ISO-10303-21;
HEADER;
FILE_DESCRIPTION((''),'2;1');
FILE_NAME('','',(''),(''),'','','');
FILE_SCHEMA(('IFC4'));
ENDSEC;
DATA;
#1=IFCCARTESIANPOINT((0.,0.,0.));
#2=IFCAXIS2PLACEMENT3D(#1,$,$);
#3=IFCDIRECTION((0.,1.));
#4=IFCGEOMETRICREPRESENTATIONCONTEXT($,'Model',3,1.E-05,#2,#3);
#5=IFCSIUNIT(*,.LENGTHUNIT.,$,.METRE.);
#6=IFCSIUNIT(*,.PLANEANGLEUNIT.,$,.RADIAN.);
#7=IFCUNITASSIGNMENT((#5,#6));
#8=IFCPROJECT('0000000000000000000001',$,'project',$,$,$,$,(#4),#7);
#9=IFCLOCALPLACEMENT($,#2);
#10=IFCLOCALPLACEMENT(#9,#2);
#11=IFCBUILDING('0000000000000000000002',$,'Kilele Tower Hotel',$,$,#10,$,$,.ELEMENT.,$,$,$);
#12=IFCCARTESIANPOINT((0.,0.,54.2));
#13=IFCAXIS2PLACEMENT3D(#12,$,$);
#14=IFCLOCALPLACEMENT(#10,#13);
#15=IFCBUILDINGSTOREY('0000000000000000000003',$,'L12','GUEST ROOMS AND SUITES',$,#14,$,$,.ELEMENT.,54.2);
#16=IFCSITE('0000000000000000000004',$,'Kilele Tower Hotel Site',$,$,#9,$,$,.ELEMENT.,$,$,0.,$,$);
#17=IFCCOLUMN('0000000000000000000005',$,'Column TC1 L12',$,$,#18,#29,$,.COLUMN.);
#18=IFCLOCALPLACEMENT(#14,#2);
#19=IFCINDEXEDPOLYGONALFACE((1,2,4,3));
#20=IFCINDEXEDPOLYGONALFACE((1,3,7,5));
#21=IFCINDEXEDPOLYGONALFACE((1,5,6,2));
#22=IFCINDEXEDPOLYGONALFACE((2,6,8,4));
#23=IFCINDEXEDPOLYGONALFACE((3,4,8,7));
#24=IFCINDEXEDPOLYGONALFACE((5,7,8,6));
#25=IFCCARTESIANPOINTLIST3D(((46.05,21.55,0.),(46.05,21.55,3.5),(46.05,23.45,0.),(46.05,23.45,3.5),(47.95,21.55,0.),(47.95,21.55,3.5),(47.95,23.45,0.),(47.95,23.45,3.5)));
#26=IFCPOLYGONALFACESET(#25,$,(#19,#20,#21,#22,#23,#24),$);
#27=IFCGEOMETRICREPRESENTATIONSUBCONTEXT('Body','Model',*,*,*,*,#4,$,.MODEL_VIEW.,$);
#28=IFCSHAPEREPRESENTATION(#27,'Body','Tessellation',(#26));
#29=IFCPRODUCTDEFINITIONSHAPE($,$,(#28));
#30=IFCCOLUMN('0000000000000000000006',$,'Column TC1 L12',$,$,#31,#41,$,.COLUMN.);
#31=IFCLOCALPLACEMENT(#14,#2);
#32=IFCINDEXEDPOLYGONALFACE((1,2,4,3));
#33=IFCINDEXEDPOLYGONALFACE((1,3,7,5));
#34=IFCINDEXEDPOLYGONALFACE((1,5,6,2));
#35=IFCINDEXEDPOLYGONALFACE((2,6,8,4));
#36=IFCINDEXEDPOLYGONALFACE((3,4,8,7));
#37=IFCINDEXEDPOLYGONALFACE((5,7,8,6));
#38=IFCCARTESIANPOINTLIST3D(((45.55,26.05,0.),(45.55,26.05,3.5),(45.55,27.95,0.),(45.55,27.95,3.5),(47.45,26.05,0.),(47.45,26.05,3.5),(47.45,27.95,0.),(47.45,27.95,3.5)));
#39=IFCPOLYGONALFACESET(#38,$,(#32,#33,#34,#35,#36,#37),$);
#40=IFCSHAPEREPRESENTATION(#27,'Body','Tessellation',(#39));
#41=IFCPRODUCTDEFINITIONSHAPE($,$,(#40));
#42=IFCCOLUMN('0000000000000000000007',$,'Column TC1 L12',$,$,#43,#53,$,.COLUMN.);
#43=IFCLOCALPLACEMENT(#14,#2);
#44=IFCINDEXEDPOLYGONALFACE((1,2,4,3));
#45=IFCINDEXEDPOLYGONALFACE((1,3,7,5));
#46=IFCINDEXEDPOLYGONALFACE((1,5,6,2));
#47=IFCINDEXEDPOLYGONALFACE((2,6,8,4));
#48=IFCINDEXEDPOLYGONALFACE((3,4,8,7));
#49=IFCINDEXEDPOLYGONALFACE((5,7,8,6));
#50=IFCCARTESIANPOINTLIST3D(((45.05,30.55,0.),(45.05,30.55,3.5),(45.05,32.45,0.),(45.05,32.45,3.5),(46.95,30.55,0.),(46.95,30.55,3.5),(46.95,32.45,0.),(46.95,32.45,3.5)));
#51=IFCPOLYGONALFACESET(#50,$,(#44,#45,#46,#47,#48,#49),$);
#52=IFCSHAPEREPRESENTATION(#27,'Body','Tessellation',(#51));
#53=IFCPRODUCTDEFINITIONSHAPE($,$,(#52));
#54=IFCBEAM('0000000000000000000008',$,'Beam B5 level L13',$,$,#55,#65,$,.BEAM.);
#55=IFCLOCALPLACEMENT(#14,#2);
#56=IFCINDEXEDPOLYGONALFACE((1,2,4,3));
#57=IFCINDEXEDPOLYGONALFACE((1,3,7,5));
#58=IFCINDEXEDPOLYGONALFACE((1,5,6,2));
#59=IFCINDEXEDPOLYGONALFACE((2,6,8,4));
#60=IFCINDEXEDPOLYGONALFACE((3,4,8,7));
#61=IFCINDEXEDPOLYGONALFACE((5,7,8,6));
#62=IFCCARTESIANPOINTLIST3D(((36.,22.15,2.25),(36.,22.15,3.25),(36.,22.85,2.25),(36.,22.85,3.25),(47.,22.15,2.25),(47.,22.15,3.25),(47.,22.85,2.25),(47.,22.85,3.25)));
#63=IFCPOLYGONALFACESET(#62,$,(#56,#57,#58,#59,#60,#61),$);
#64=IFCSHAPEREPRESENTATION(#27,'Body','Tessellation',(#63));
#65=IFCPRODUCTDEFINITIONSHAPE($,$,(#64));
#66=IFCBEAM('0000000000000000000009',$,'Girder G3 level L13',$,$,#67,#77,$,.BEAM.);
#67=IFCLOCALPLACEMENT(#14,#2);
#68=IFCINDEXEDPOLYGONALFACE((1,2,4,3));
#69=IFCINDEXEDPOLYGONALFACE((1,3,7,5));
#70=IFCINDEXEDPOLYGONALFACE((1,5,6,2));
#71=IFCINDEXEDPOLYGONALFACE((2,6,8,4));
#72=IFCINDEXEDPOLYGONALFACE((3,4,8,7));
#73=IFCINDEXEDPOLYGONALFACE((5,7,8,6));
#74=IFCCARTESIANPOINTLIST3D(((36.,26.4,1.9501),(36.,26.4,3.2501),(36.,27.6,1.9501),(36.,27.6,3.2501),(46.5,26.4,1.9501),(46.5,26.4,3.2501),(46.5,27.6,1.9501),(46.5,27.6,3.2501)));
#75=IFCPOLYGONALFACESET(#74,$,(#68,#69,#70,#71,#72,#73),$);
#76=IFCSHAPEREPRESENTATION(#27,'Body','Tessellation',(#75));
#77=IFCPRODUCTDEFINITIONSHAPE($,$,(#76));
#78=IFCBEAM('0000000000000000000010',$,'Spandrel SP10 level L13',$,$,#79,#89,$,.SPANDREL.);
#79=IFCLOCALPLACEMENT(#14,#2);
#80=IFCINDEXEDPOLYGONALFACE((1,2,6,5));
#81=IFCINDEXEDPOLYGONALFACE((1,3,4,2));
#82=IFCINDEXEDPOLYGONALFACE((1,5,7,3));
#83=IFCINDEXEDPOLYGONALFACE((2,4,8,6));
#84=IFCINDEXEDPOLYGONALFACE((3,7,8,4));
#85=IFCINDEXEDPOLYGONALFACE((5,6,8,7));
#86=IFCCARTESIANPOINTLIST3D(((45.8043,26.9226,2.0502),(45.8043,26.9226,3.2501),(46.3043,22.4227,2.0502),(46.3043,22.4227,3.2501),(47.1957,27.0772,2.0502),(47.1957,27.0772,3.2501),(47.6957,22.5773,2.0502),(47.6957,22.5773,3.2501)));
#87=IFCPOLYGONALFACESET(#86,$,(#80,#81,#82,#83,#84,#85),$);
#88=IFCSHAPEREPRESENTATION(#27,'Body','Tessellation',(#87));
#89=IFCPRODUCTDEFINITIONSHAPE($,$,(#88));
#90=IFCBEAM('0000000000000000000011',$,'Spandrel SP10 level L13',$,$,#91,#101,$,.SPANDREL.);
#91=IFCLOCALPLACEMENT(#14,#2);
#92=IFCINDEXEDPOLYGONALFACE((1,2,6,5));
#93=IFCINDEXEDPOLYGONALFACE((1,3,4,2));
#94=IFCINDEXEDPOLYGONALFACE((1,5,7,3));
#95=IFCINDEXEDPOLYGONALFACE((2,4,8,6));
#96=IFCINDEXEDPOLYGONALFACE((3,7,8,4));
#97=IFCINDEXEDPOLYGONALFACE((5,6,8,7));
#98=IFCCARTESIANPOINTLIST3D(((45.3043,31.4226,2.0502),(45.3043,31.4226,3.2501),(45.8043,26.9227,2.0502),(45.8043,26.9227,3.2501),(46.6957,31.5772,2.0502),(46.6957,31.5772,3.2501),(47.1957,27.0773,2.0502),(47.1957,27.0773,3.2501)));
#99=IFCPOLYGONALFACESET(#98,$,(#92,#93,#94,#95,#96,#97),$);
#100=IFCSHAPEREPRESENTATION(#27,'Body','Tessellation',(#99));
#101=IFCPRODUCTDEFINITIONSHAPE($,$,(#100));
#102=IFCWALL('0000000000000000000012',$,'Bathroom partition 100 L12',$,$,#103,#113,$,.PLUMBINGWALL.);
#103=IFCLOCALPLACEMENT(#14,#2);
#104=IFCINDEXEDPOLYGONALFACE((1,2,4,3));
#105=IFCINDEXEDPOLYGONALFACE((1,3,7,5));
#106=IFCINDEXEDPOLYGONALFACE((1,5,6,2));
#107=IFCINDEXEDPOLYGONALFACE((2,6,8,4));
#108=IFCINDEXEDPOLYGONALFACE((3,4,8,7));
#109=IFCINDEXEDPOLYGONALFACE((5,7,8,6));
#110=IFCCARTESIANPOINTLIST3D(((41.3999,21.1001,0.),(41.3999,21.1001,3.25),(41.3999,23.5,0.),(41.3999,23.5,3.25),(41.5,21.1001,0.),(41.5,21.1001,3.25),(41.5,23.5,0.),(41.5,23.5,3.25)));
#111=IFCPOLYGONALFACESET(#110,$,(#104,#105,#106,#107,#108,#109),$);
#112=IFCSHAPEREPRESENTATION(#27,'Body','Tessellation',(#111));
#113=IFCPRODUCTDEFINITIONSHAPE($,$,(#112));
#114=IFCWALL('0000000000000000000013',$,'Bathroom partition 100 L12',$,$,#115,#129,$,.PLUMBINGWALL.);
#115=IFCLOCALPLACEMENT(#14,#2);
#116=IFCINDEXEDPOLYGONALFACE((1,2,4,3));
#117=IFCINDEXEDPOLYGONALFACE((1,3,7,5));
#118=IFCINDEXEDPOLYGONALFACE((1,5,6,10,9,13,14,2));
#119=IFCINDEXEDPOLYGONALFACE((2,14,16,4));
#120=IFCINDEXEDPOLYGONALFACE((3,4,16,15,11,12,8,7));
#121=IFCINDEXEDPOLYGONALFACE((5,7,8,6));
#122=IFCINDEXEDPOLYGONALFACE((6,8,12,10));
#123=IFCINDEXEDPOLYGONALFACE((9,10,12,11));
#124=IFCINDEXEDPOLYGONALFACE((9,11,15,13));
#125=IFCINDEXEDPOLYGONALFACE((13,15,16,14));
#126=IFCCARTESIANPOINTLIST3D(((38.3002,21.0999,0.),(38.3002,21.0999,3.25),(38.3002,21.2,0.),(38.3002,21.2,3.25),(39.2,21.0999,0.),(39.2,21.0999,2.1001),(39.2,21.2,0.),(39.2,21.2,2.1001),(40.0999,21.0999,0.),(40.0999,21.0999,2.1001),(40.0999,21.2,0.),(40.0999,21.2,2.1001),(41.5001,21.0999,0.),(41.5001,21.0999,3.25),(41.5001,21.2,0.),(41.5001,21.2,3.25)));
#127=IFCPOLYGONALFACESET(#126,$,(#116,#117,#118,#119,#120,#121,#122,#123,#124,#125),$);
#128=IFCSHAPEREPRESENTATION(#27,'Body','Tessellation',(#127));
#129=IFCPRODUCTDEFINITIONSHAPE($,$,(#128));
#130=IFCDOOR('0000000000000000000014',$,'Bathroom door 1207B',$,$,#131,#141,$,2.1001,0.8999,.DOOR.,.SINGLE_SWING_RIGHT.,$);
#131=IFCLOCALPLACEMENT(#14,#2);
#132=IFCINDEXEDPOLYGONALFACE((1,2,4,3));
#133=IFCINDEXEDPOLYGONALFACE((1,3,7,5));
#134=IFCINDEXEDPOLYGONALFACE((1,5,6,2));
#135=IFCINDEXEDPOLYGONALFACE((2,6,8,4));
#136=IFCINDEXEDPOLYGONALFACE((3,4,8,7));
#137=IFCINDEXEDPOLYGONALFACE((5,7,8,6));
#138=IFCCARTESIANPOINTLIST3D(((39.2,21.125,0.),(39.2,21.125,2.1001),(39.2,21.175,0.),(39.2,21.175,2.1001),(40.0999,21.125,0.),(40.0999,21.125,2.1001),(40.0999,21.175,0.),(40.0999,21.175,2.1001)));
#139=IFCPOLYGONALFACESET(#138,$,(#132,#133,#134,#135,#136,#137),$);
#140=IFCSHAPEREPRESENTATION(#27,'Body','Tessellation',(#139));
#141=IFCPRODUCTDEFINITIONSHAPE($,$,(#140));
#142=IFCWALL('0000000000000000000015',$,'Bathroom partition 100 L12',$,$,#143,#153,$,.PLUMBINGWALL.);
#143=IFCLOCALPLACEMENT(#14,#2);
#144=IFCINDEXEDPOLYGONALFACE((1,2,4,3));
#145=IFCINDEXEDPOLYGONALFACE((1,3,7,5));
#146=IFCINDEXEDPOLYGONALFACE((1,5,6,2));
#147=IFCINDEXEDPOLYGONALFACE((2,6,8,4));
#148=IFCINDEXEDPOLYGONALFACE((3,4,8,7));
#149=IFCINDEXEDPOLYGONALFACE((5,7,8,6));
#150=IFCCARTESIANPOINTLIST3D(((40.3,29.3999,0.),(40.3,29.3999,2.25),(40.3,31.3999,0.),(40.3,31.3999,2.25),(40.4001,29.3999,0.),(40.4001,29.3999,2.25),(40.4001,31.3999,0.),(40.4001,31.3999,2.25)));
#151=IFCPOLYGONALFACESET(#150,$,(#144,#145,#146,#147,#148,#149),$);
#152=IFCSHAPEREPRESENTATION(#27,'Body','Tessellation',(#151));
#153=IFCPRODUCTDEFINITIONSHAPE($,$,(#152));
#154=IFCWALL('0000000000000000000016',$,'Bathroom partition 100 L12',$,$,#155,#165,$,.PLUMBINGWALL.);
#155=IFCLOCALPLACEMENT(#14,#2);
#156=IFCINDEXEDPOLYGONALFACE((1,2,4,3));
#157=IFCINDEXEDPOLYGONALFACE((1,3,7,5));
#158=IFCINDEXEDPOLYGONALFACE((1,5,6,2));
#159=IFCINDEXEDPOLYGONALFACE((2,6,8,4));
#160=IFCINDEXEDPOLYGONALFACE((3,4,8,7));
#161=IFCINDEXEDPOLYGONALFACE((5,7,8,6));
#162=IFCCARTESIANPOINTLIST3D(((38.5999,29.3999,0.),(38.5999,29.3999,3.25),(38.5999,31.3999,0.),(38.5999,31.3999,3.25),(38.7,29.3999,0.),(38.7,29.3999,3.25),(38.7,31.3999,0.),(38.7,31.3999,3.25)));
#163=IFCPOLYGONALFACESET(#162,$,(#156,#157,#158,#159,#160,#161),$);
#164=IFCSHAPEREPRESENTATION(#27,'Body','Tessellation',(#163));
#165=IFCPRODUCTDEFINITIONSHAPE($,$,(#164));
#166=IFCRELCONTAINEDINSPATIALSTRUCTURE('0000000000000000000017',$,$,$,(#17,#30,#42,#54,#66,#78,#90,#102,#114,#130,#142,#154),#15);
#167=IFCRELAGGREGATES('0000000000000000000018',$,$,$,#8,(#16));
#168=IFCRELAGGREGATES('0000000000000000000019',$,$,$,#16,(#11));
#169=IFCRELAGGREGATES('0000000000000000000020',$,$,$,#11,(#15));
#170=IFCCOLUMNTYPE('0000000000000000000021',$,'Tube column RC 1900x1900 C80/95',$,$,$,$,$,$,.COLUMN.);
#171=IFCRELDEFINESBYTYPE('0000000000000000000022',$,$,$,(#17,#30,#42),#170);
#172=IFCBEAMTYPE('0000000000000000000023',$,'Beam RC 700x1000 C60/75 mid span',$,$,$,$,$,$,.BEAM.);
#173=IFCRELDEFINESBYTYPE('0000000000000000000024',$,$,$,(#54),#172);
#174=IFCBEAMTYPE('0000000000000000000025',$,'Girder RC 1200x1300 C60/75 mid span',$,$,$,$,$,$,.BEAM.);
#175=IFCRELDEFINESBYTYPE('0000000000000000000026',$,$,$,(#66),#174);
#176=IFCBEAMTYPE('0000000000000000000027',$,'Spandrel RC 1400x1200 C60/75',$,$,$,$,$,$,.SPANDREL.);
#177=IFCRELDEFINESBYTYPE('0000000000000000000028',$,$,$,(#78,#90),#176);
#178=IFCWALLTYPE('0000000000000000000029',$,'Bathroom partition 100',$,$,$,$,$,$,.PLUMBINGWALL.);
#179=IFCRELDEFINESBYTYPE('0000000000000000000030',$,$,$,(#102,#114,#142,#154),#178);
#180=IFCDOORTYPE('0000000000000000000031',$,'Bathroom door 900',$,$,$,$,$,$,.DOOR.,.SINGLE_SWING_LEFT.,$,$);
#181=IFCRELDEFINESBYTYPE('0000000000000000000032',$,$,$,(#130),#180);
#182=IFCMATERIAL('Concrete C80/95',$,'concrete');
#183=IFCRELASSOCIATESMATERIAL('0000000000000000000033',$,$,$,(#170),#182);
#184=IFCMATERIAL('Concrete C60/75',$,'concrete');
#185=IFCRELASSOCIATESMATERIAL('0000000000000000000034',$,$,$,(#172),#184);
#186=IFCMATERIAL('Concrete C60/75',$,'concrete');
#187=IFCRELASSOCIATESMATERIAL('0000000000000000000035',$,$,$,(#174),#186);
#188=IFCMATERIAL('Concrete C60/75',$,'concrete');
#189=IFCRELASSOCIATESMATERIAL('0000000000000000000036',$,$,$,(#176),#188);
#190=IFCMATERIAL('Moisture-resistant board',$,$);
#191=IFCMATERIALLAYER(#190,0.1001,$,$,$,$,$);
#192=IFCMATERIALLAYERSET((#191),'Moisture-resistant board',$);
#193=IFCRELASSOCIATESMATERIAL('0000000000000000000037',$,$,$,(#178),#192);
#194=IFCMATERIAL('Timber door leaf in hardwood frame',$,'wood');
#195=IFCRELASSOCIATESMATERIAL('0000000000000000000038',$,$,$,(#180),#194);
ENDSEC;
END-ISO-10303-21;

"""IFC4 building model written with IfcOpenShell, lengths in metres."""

from ifc_helpers import new_model, si_unit, direction, frame, frame_2d, origin, origin_2d, place, context, subcontext, project, spatial, rectangle, extrude, material, layer, layer_set, material_profile, profile_set, type_object, element, fill, save


model = new_model("IFC4")

# Units and contexts
model_context = context("Model", 3, precision=1e-05, world=origin(), true_north=direction((0.0, 1.0)))
body_context = subcontext(model_context, "Body", "Model", "MODEL_VIEW")
ifc_project = project(units=[si_unit("LENGTHUNIT", "METRE"), si_unit("PLANEANGLEUNIT", "RADIAN")], contexts=[model_context])

# Site, building, storey
site_placement = place(None, origin())
site = spatial("IfcSite", under=ifc_project, at=site_placement, Name="Kilele Tower Hotel Site", CompositionType="ELEMENT", RefElevation=0.0)
building_placement = place(site_placement, origin())
building = spatial("IfcBuilding", under=site, at=building_placement, Name="Kilele Tower Hotel", CompositionType="ELEMENT")
storey_placement = place(building_placement, frame((0.0, 0.0, 54.2)))
storey = spatial("IfcBuildingStorey", under=building, at=storey_placement, Name="L12", Description="GUEST ROOMS AND SUITES", CompositionType="ELEMENT", Elevation=54.2)

# Columns
ifc_material_1 = material(Name="Concrete C80/95", Category="concrete")
ifc_material_profile_1 = material_profile(ifc_material_1, rectangle(XDim=1.8999, YDim=1.8999, at=origin_2d()))
ifc_profile_set_1 = profile_set([ifc_material_profile_1], Name="Concrete C80/95")
column_type = type_object("IfcColumnType", Name="Tube column RC 1900x1900 C80/95", PredefinedType="COLUMN", material=ifc_profile_set_1)
for number, where, z_axis, x_axis, name in (
    (1, (47.0, 22.5, 0.0), (0.0, 0.0, 1.0), (1.0, 0.0, 0.0), "Column TC1 L12"),
    (2, (46.5, 27.0, 0.0), (0.0, 0.0, 1.0), (1.0, 0.0, 0.0), "Column TC1 L12"),
    (3, (46.0, 31.5, 0.0), (0.0, 0.0, 1.0), (1.0, 0.0, 0.0), "Column TC1 L12"),
):
    element("IfcColumn", number, at=place(storey_placement, frame(where, z_axis=z_axis, x_axis=x_axis)), inside=storey, type_object=column_type, Name=name, PredefinedType="COLUMN", context=body_context, shape_type="SweptSolid", body=[
        extrude(rectangle(XDim=1.8999, YDim=1.8999, at=origin_2d()), origin(), (0.0, 0.0, 1.0), 3.5),
    ])

# Beams
ifc_material_2 = material(Name="Concrete C60/75", Category="concrete")
ifc_material_profile_2 = material_profile(ifc_material_2, rectangle(XDim=0.7, YDim=1.0, at=origin_2d()))
ifc_profile_set_2 = profile_set([ifc_material_profile_2], Name="Concrete C60/75")
beam_type_1 = type_object("IfcBeamType", Name="Beam RC 700x1000 C60/75 mid span", PredefinedType="BEAM", material=ifc_profile_set_2)
beam_1_placement = place(storey_placement, frame((47.0, 22.5, 2.75), z_axis=(-1.0, 0.0, 0.0), x_axis=(0.0, -1.0, 0.0)))
element("IfcBeam", 4, at=beam_1_placement, inside=storey, type_object=beam_type_1, Name="Beam B5 level L13", PredefinedType="BEAM", context=body_context, shape_type="SweptSolid", body=[
    extrude(rectangle(XDim=0.7, YDim=1.0, at=origin_2d()), origin(), (0.0, 0.0, 1.0), 11.0),
])
ifc_material_3 = material(Name="Concrete C60/75", Category="concrete")
ifc_material_profile_3 = material_profile(ifc_material_3, rectangle(XDim=1.2, YDim=1.3, at=origin_2d()))
ifc_profile_set_3 = profile_set([ifc_material_profile_3], Name="Concrete C60/75")
beam_type_2 = type_object("IfcBeamType", Name="Girder RC 1200x1300 C60/75 mid span", PredefinedType="BEAM", material=ifc_profile_set_3)
beam_2_placement = place(storey_placement, frame((46.5, 27.0, 2.6001), z_axis=(-1.0, 0.0, 0.0), x_axis=(0.0, -1.0, 0.0)))
element("IfcBeam", 5, at=beam_2_placement, inside=storey, type_object=beam_type_2, Name="Girder G3 level L13", PredefinedType="BEAM", context=body_context, shape_type="SweptSolid", body=[
    extrude(rectangle(XDim=1.2, YDim=1.3, at=origin_2d()), origin(), (0.0, 0.0, 1.0), 10.5),
])
ifc_material_4 = material(Name="Concrete C60/75", Category="concrete")
ifc_material_profile_4 = material_profile(ifc_material_4, rectangle(XDim=1.3999, YDim=1.2, at=origin_2d()))
ifc_profile_set_4 = profile_set([ifc_material_profile_4], Name="Concrete C60/75")
beam_type_3 = type_object("IfcBeamType", Name="Spandrel RC 1400x1200 C60/75", PredefinedType="SPANDREL", material=ifc_profile_set_4)
for number, where, z_axis, x_axis, name in (
    (6, (47.0, 22.5, 2.6501), (-0.110432, 0.993884, 0.0), (-0.993884, -0.110432, 0.0), "Spandrel SP10 level L13"),
    (7, (46.5, 27.0, 2.6501), (-0.110432, 0.993884, 0.0), (-0.993884, -0.110432, 0.0), "Spandrel SP10 level L13"),
):
    element("IfcBeam", number, at=place(storey_placement, frame(where, z_axis=z_axis, x_axis=x_axis)), inside=storey, type_object=beam_type_3, Name=name, PredefinedType="SPANDREL", context=body_context, shape_type="SweptSolid", body=[
        extrude(rectangle(XDim=1.3999, YDim=1.2, at=origin_2d()), origin(), (0.0, 0.0, 1.0), 4.5276),
    ])

# Wall
ifc_material_5 = material(Name="Moisture-resistant board")
ifc_layer_1 = layer(ifc_material_5, 0.1001)
ifc_layer_set_1 = layer_set([ifc_layer_1], Name="Moisture-resistant board")
wall_type_1 = type_object("IfcWallType", Name="Bathroom partition 100", PredefinedType="PLUMBINGWALL", material=ifc_layer_set_1)
wall_1_placement = place(storey_placement, frame((41.45, 21.1001, 0.0), z_axis=(0.0, 0.0, 1.0), x_axis=(0.0, 1.0, 0.0)))
element("IfcWall", 8, at=wall_1_placement, inside=storey, type_object=wall_type_1, Name="Bathroom partition 100 L12", PredefinedType="PLUMBINGWALL", context=body_context, shape_type="SweptSolid", body=[
    extrude(rectangle(XDim=2.3999, YDim=0.1001, at=frame_2d((1.2, 0.0))), origin(), (0.0, 0.0, 1.0), 3.25),
])

# Wall, opening, door
wall_2_placement = place(storey_placement, frame((38.3, 21.1499, 0.0), z_axis=(0.0, 0.0, 1.0), x_axis=(1.0, 0.0, 0.0)))
wall_2 = element("IfcWall", 9, at=wall_2_placement, inside=storey, type_object=wall_type_1, Name="Bathroom partition 100 L12", PredefinedType="PLUMBINGWALL", context=body_context, shape_type="SweptSolid", body=[
    extrude(rectangle(XDim=3.2, YDim=0.1001, at=frame_2d((1.6001, 0.0))), origin(), (0.0, 0.0, 1.0), 3.25),
])
opening_1_placement = place(wall_2_placement, frame((1.7998, 0.0, 0.0), z_axis=(0.0, 0.0, 1.0), x_axis=(-1.0, 0.0, 0.0)))
opening_1 = element("IfcOpeningElement", 10, at=opening_1_placement, cuts=wall_2, PredefinedType="OPENING", context=body_context, shape_type="SweptSolid", body=[
    extrude(rectangle(XDim=0.8999, YDim=2.1001, at=frame_2d((0.45, 1.05))), frame((0.0, 0.0601, 0.0), z_axis=(0.0, -1.0, 0.0), x_axis=(1.0, 0.0, 0.0)), (0.0, 0.0, 1.0), 0.1201),
])
ifc_material_6 = material(Name="Timber door leaf in hardwood frame", Category="wood")
door_type_1 = type_object("IfcDoorType", Name="Bathroom door 900", OperationType="SINGLE_SWING_LEFT", PredefinedType="DOOR", material=ifc_material_6)
door_1_placement = place(opening_1_placement, origin())
door_1 = element("IfcDoor", 11, at=door_1_placement, inside=storey, type_object=door_type_1, Name="Bathroom door 1207B", OperationType="SINGLE_SWING_RIGHT", OverallHeight=2.1001, OverallWidth=0.8999, PredefinedType="DOOR", context=body_context, shape_type="SweptSolid", body=[
    extrude(rectangle(XDim=0.8999, YDim=2.1001, at=frame_2d((0.45, 1.05))), frame((0.0, 0.0249, 0.0), z_axis=(0.0, -1.0, 0.0), x_axis=(1.0, 0.0, 0.0)), (0.0, 0.0, 1.0), 0.05),
])
fill(opening_1, door_1)

# Walls
wall_3_placement = place(storey_placement, frame((40.3501, 31.3999, 0.0), z_axis=(0.0, 0.0, 1.0), x_axis=(0.0, -1.0, 0.0)))
element("IfcWall", 12, at=wall_3_placement, inside=storey, type_object=wall_type_1, Name="Bathroom partition 100 L12", PredefinedType="PLUMBINGWALL", context=body_context, shape_type="SweptSolid", body=[
    extrude(rectangle(XDim=2.0, YDim=0.1001, at=frame_2d((1.0, 0.0))), origin(), (0.0, 0.0, 1.0), 2.25),
])
wall_4_placement = place(storey_placement, frame((38.6499, 31.3999, 0.0), z_axis=(0.0, 0.0, 1.0), x_axis=(0.0, -1.0, 0.0)))
element("IfcWall", 13, at=wall_4_placement, inside=storey, type_object=wall_type_1, Name="Bathroom partition 100 L12", PredefinedType="PLUMBINGWALL", context=body_context, shape_type="SweptSolid", body=[
    extrude(rectangle(XDim=2.0, YDim=0.1001, at=frame_2d((1.0, 0.0))), origin(), (0.0, 0.0, 1.0), 3.25),
])

save(model, "model.ifc")
